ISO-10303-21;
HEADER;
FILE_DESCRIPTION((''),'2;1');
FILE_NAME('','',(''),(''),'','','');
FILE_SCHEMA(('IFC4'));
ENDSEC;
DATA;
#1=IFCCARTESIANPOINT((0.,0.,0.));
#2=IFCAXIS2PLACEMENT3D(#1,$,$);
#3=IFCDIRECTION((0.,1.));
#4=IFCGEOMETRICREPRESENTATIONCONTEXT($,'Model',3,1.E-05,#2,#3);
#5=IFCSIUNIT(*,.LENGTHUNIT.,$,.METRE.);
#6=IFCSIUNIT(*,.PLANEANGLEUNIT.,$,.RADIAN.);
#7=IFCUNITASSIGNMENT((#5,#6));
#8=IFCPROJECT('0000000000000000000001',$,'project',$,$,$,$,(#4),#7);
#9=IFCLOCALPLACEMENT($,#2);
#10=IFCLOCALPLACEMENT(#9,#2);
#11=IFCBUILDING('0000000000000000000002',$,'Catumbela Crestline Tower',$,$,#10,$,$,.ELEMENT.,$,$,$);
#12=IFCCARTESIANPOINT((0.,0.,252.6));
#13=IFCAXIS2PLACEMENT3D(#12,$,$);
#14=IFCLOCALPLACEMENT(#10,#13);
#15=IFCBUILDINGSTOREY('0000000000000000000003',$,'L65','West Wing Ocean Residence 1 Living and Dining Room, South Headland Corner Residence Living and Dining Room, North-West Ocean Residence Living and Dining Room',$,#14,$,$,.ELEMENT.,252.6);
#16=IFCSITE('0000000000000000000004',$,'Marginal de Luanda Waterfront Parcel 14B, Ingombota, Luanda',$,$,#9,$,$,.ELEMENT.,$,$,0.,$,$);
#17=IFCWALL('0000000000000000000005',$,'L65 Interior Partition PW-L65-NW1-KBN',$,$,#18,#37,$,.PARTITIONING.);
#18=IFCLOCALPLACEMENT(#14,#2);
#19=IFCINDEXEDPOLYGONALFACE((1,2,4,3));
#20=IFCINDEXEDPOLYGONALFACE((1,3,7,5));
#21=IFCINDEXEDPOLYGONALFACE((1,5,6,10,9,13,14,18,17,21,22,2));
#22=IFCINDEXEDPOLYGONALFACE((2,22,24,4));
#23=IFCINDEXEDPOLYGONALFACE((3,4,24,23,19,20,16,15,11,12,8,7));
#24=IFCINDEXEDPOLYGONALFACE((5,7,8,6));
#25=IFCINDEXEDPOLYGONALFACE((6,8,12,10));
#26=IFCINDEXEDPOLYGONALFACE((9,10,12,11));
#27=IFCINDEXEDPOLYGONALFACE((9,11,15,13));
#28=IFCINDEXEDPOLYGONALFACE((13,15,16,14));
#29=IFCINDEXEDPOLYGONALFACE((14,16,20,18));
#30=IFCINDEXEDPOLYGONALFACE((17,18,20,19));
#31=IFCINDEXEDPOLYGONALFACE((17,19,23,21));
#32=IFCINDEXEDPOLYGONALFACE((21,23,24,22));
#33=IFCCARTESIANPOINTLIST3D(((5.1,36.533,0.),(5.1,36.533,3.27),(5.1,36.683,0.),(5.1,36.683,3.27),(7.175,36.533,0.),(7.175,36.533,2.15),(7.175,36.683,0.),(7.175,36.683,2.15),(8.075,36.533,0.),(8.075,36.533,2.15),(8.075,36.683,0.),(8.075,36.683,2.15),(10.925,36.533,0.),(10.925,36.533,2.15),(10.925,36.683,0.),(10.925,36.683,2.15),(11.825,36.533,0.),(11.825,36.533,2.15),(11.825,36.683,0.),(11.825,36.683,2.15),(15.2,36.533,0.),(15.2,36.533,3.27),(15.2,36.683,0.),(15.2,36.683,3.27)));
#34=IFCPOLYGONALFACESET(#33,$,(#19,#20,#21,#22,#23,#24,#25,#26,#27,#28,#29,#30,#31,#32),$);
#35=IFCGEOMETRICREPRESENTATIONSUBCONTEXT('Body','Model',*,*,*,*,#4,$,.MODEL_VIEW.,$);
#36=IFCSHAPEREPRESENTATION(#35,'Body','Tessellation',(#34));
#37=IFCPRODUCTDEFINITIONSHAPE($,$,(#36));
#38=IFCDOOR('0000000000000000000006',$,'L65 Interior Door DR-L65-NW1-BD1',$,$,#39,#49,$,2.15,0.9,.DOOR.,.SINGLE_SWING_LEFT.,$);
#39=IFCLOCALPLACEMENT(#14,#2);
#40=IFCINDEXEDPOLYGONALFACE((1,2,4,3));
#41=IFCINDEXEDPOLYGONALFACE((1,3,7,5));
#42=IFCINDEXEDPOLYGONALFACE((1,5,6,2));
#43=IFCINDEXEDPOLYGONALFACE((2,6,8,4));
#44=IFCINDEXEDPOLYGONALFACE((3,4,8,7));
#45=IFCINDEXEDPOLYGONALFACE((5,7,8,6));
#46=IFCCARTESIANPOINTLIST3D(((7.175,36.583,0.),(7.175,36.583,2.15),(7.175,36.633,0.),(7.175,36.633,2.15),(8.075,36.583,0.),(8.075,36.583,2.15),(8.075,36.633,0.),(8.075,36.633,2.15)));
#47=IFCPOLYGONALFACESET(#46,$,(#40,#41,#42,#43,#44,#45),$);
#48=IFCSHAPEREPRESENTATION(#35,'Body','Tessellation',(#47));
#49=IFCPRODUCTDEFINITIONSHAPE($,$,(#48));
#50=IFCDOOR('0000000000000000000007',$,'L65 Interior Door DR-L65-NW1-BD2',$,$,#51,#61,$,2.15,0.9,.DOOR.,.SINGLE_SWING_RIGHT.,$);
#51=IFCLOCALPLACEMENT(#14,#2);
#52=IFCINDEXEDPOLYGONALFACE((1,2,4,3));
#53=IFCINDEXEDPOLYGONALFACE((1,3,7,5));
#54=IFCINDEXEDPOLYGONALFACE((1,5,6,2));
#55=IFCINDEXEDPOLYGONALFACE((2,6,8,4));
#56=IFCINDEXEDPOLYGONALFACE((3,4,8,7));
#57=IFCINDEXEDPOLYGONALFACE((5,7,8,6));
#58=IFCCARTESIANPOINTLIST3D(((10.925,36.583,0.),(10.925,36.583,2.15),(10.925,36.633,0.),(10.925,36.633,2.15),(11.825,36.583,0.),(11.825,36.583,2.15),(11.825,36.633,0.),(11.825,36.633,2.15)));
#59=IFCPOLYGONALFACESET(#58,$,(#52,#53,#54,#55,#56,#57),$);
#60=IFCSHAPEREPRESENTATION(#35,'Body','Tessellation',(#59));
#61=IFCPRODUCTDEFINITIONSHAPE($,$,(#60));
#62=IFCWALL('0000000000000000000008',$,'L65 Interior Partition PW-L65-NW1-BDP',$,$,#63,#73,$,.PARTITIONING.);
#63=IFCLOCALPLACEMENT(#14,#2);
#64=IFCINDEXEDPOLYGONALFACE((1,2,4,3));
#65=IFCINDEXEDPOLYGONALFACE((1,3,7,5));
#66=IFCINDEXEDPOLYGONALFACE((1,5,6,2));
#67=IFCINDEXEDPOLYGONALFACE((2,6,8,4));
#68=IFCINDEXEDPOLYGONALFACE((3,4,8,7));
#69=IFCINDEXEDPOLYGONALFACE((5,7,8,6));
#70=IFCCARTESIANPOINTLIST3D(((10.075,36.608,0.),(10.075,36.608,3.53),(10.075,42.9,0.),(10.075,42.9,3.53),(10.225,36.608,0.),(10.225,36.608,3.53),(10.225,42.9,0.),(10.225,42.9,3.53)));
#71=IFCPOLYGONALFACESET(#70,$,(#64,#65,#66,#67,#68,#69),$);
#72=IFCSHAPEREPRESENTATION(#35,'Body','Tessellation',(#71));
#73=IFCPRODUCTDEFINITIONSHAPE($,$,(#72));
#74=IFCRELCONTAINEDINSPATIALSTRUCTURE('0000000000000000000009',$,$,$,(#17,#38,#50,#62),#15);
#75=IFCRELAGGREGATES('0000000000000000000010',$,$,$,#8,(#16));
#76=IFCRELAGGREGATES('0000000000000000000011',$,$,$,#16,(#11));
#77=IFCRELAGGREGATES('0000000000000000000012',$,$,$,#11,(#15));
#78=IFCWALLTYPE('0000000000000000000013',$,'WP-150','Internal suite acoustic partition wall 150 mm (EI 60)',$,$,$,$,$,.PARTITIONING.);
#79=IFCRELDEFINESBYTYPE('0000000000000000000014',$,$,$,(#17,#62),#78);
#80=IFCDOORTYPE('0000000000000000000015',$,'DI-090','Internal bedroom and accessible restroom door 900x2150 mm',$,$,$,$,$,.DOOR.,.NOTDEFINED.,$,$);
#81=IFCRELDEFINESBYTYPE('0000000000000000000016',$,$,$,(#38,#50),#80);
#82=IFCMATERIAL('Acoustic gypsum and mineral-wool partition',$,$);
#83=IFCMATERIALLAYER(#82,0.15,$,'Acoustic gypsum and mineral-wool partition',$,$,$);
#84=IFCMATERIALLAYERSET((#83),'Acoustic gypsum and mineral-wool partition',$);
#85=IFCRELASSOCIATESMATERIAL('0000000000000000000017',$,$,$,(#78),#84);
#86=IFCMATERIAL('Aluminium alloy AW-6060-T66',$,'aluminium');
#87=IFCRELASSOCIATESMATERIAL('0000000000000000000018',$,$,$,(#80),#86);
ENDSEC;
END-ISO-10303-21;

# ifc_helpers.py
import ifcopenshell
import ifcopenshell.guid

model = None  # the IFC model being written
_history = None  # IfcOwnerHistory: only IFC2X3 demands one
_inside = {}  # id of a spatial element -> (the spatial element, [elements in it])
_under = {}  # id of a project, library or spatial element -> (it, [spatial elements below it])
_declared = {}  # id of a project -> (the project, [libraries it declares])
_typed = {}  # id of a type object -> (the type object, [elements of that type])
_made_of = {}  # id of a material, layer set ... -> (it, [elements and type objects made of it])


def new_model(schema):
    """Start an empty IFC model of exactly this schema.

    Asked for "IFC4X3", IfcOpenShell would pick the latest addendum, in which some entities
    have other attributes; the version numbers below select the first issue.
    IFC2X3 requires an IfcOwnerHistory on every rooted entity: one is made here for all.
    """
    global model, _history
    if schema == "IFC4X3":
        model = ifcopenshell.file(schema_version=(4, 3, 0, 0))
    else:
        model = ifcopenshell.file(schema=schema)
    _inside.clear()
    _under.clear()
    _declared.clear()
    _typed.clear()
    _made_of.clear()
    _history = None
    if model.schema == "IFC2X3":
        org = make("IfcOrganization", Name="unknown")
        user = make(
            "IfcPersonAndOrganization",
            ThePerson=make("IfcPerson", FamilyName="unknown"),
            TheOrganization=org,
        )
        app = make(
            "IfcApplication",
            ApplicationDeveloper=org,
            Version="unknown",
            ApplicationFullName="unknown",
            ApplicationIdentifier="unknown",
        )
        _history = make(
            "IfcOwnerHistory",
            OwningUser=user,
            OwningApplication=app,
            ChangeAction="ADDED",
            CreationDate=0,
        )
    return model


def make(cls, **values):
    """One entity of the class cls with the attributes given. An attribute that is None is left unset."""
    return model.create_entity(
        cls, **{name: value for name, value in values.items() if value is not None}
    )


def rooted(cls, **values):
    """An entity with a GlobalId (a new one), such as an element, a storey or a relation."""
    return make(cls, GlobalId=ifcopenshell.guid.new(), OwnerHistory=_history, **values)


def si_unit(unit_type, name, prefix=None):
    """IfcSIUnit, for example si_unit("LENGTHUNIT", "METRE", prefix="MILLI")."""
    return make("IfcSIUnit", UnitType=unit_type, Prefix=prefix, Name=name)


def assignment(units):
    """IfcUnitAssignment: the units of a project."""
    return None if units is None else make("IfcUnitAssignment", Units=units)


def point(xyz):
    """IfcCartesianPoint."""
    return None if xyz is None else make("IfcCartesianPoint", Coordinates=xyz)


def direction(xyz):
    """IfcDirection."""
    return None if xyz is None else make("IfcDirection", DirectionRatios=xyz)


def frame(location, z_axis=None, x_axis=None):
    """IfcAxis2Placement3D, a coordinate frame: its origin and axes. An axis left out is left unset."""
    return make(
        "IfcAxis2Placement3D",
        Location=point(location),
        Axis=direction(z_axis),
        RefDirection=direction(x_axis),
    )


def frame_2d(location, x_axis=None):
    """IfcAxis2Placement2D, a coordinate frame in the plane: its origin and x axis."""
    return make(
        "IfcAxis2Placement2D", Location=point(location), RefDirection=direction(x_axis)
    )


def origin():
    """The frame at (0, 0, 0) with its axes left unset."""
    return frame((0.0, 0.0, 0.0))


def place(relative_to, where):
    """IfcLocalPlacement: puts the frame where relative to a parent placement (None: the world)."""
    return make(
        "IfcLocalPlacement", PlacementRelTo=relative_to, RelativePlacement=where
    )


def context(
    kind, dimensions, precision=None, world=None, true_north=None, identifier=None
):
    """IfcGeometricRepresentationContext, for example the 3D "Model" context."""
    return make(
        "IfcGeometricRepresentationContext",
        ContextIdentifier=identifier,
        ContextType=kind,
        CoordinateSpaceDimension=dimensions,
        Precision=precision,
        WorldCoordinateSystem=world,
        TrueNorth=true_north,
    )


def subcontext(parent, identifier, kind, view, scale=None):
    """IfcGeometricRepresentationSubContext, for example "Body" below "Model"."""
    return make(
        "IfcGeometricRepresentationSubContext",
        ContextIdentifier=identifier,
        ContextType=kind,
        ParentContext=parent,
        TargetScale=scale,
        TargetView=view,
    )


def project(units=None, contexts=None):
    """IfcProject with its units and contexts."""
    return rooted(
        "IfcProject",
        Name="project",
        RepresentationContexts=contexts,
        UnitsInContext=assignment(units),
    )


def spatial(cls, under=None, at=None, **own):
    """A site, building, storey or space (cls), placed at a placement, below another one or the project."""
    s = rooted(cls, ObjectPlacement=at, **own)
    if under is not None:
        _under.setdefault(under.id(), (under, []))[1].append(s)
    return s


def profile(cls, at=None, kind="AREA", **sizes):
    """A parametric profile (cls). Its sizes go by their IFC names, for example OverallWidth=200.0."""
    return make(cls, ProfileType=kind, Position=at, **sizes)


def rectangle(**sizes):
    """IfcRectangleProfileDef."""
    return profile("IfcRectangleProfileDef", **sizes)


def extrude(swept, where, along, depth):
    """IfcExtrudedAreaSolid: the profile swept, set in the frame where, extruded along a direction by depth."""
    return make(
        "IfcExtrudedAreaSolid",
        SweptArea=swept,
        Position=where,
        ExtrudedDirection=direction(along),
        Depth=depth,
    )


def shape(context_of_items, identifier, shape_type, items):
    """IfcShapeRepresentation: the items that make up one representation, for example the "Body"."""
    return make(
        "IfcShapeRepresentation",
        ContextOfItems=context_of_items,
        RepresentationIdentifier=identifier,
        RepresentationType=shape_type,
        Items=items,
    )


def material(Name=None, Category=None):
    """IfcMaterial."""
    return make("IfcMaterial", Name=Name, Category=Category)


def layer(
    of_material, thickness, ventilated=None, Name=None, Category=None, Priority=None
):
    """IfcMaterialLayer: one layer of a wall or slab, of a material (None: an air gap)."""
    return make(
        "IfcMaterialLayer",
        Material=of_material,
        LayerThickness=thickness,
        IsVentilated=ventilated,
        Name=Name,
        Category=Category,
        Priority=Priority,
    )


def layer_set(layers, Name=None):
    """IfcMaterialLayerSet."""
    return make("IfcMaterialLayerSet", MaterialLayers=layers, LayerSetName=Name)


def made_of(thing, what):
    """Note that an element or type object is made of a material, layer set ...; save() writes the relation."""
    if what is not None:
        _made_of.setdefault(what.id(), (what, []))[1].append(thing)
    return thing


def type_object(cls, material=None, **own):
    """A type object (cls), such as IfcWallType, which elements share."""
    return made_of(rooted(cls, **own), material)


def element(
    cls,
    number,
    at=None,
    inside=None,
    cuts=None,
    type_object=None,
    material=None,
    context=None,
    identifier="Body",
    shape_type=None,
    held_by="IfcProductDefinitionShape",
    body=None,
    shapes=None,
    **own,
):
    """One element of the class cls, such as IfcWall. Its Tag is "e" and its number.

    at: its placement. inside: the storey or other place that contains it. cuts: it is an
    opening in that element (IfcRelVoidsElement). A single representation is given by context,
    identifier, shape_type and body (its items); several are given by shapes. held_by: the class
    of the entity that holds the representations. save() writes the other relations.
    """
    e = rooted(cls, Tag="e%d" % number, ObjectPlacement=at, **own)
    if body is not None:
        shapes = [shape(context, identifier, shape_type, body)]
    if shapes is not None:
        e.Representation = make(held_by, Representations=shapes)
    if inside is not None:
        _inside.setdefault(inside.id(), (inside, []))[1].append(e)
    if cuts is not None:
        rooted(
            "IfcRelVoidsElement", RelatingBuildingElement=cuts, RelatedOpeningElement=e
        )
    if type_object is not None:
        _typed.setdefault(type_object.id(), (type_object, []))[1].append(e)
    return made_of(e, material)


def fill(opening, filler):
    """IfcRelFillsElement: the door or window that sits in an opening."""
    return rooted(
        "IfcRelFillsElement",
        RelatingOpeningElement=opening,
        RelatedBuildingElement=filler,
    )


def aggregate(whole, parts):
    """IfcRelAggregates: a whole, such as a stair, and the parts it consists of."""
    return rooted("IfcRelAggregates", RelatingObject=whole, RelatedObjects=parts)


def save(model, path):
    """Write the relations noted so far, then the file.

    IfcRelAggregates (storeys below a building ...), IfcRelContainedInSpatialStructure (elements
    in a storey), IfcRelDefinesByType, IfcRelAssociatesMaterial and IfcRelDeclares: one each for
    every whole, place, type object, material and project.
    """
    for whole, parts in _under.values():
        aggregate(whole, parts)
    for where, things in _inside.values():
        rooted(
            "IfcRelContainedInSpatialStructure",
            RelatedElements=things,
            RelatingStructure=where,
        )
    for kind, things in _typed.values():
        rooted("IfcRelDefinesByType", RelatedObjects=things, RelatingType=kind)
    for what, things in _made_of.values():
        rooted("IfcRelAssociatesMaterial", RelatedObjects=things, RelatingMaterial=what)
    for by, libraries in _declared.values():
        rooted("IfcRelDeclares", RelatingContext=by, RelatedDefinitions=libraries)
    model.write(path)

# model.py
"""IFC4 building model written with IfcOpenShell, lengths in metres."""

from ifc_helpers import new_model, si_unit, direction, frame, frame_2d, origin, place, context, subcontext, project, spatial, rectangle, extrude, material, layer, layer_set, type_object, element, fill, save


model = new_model("IFC4")

# Units and contexts
model_context = context("Model", 3, precision=1e-05, world=origin(), true_north=direction((0.0, 1.0)))
body_context = subcontext(model_context, "Body", "Model", "MODEL_VIEW")
ifc_project = project(units=[si_unit("LENGTHUNIT", "METRE"), si_unit("PLANEANGLEUNIT", "RADIAN")], contexts=[model_context])

# Site, building, storey
site_placement = place(None, origin())
site = spatial("IfcSite", under=ifc_project, at=site_placement, Name="Marginal de Luanda Waterfront Parcel 14B, Ingombota, Luanda", CompositionType="ELEMENT", RefElevation=0.0)
building_placement = place(site_placement, origin())
building = spatial("IfcBuilding", under=site, at=building_placement, Name="Catumbela Crestline Tower", CompositionType="ELEMENT")
storey_placement = place(building_placement, frame((0.0, 0.0, 252.6)))
storey = spatial("IfcBuildingStorey", under=building, at=storey_placement, Name="L65", Description="West Wing Ocean Residence 1 Living and Dining Room, South Headland Corner Residence Living and Dining Room, North-West Ocean Residence Living and Dining Room", CompositionType="ELEMENT", Elevation=252.6)

# Shared definitions
ifc_material_1 = material(Name="Aluminium alloy AW-6060-T66", Category="aluminium")

# Wall, openings, doors
ifc_material_2 = material(Name="Acoustic gypsum and mineral-wool partition")
ifc_layer_1 = layer(ifc_material_2, 0.15, Name="Acoustic gypsum and mineral-wool partition")
ifc_layer_set_1 = layer_set([ifc_layer_1], Name="Acoustic gypsum and mineral-wool partition")
wall_type_1 = type_object("IfcWallType", Name="WP-150", Description="Internal suite acoustic partition wall 150 mm (EI 60)", PredefinedType="PARTITIONING", material=ifc_layer_set_1)
wall_1_placement = place(storey_placement, frame((5.1, 36.608, 0.0), z_axis=(0.0, 0.0, 1.0), x_axis=(1.0, 0.0, 0.0)))
wall_1 = element("IfcWall", 1, at=wall_1_placement, inside=storey, type_object=wall_type_1, Name="L65 Interior Partition PW-L65-NW1-KBN", PredefinedType="PARTITIONING", context=body_context, shape_type="SweptSolid", body=[
    extrude(rectangle(XDim=10.1, YDim=0.15, at=frame_2d((5.05, 0.0))), origin(), (0.0, 0.0, 1.0), 3.27),
])
opening_1_placement = place(wall_1_placement, frame((2.075, 0.0, 0.0)))
opening_1 = element("IfcOpeningElement", 2, at=opening_1_placement, cuts=wall_1, PredefinedType="OPENING", context=body_context, shape_type="SweptSolid", body=[
    extrude(rectangle(XDim=0.9, YDim=2.15, at=frame_2d((0.45, 1.075))), frame((0.0, 0.085, 0.0), z_axis=(0.0, -1.0, 0.0), x_axis=(1.0, 0.0, 0.0)), (0.0, 0.0, 1.0), 0.17),
])
opening_2_placement = place(wall_1_placement, frame((5.825, 0.0, 0.0)))
opening_2 = element("IfcOpeningElement", 3, at=opening_2_placement, cuts=wall_1, PredefinedType="OPENING", context=body_context, shape_type="SweptSolid", body=[
    extrude(rectangle(XDim=0.9, YDim=2.15, at=frame_2d((0.45, 1.075))), frame((0.0, 0.085, 0.0), z_axis=(0.0, -1.0, 0.0), x_axis=(1.0, 0.0, 0.0)), (0.0, 0.0, 1.0), 0.17),
])
door_type_1 = type_object("IfcDoorType", Name="DI-090", Description="Internal bedroom and accessible restroom door 900x2150 mm", OperationType="NOTDEFINED", PredefinedType="DOOR", material=ifc_material_1)
door_1_placement = place(opening_1_placement, origin())
door_1 = element("IfcDoor", 4, at=door_1_placement, inside=storey, type_object=door_type_1, Name="L65 Interior Door DR-L65-NW1-BD1", OperationType="SINGLE_SWING_LEFT", OverallHeight=2.15, OverallWidth=0.9, PredefinedType="DOOR", context=body_context, shape_type="SweptSolid", body=[
    extrude(rectangle(XDim=0.9, YDim=2.15, at=frame_2d((0.45, 1.075))), frame((0.0, 0.025, 0.0), z_axis=(0.0, -1.0, 0.0), x_axis=(1.0, 0.0, 0.0)), (0.0, 0.0, 1.0), 0.05),
])
fill(opening_1, door_1)
door_2_placement = place(opening_2_placement, origin())
door_2 = element("IfcDoor", 5, at=door_2_placement, inside=storey, type_object=door_type_1, Name="L65 Interior Door DR-L65-NW1-BD2", OperationType="SINGLE_SWING_RIGHT", OverallHeight=2.15, OverallWidth=0.9, PredefinedType="DOOR", context=body_context, shape_type="SweptSolid", body=[
    extrude(rectangle(XDim=0.9, YDim=2.15, at=frame_2d((0.45, 1.075))), frame((0.0, 0.025, 0.0), z_axis=(0.0, -1.0, 0.0), x_axis=(1.0, 0.0, 0.0)), (0.0, 0.0, 1.0), 0.05),
])
fill(opening_2, door_2)

# Wall
wall_2_placement = place(storey_placement, frame((10.15, 36.608, 0.0), z_axis=(0.0, 0.0, 1.0), x_axis=(0.0, 1.0, 0.0)))
element("IfcWall", 6, at=wall_2_placement, inside=storey, type_object=wall_type_1, Name="L65 Interior Partition PW-L65-NW1-BDP", PredefinedType="PARTITIONING", context=body_context, shape_type="SweptSolid", body=[
    extrude(rectangle(XDim=6.292, YDim=0.15, at=frame_2d((3.146, 0.0))), origin(), (0.0, 0.0, 1.0), 3.53),
])

save(model, "model.ifc")
